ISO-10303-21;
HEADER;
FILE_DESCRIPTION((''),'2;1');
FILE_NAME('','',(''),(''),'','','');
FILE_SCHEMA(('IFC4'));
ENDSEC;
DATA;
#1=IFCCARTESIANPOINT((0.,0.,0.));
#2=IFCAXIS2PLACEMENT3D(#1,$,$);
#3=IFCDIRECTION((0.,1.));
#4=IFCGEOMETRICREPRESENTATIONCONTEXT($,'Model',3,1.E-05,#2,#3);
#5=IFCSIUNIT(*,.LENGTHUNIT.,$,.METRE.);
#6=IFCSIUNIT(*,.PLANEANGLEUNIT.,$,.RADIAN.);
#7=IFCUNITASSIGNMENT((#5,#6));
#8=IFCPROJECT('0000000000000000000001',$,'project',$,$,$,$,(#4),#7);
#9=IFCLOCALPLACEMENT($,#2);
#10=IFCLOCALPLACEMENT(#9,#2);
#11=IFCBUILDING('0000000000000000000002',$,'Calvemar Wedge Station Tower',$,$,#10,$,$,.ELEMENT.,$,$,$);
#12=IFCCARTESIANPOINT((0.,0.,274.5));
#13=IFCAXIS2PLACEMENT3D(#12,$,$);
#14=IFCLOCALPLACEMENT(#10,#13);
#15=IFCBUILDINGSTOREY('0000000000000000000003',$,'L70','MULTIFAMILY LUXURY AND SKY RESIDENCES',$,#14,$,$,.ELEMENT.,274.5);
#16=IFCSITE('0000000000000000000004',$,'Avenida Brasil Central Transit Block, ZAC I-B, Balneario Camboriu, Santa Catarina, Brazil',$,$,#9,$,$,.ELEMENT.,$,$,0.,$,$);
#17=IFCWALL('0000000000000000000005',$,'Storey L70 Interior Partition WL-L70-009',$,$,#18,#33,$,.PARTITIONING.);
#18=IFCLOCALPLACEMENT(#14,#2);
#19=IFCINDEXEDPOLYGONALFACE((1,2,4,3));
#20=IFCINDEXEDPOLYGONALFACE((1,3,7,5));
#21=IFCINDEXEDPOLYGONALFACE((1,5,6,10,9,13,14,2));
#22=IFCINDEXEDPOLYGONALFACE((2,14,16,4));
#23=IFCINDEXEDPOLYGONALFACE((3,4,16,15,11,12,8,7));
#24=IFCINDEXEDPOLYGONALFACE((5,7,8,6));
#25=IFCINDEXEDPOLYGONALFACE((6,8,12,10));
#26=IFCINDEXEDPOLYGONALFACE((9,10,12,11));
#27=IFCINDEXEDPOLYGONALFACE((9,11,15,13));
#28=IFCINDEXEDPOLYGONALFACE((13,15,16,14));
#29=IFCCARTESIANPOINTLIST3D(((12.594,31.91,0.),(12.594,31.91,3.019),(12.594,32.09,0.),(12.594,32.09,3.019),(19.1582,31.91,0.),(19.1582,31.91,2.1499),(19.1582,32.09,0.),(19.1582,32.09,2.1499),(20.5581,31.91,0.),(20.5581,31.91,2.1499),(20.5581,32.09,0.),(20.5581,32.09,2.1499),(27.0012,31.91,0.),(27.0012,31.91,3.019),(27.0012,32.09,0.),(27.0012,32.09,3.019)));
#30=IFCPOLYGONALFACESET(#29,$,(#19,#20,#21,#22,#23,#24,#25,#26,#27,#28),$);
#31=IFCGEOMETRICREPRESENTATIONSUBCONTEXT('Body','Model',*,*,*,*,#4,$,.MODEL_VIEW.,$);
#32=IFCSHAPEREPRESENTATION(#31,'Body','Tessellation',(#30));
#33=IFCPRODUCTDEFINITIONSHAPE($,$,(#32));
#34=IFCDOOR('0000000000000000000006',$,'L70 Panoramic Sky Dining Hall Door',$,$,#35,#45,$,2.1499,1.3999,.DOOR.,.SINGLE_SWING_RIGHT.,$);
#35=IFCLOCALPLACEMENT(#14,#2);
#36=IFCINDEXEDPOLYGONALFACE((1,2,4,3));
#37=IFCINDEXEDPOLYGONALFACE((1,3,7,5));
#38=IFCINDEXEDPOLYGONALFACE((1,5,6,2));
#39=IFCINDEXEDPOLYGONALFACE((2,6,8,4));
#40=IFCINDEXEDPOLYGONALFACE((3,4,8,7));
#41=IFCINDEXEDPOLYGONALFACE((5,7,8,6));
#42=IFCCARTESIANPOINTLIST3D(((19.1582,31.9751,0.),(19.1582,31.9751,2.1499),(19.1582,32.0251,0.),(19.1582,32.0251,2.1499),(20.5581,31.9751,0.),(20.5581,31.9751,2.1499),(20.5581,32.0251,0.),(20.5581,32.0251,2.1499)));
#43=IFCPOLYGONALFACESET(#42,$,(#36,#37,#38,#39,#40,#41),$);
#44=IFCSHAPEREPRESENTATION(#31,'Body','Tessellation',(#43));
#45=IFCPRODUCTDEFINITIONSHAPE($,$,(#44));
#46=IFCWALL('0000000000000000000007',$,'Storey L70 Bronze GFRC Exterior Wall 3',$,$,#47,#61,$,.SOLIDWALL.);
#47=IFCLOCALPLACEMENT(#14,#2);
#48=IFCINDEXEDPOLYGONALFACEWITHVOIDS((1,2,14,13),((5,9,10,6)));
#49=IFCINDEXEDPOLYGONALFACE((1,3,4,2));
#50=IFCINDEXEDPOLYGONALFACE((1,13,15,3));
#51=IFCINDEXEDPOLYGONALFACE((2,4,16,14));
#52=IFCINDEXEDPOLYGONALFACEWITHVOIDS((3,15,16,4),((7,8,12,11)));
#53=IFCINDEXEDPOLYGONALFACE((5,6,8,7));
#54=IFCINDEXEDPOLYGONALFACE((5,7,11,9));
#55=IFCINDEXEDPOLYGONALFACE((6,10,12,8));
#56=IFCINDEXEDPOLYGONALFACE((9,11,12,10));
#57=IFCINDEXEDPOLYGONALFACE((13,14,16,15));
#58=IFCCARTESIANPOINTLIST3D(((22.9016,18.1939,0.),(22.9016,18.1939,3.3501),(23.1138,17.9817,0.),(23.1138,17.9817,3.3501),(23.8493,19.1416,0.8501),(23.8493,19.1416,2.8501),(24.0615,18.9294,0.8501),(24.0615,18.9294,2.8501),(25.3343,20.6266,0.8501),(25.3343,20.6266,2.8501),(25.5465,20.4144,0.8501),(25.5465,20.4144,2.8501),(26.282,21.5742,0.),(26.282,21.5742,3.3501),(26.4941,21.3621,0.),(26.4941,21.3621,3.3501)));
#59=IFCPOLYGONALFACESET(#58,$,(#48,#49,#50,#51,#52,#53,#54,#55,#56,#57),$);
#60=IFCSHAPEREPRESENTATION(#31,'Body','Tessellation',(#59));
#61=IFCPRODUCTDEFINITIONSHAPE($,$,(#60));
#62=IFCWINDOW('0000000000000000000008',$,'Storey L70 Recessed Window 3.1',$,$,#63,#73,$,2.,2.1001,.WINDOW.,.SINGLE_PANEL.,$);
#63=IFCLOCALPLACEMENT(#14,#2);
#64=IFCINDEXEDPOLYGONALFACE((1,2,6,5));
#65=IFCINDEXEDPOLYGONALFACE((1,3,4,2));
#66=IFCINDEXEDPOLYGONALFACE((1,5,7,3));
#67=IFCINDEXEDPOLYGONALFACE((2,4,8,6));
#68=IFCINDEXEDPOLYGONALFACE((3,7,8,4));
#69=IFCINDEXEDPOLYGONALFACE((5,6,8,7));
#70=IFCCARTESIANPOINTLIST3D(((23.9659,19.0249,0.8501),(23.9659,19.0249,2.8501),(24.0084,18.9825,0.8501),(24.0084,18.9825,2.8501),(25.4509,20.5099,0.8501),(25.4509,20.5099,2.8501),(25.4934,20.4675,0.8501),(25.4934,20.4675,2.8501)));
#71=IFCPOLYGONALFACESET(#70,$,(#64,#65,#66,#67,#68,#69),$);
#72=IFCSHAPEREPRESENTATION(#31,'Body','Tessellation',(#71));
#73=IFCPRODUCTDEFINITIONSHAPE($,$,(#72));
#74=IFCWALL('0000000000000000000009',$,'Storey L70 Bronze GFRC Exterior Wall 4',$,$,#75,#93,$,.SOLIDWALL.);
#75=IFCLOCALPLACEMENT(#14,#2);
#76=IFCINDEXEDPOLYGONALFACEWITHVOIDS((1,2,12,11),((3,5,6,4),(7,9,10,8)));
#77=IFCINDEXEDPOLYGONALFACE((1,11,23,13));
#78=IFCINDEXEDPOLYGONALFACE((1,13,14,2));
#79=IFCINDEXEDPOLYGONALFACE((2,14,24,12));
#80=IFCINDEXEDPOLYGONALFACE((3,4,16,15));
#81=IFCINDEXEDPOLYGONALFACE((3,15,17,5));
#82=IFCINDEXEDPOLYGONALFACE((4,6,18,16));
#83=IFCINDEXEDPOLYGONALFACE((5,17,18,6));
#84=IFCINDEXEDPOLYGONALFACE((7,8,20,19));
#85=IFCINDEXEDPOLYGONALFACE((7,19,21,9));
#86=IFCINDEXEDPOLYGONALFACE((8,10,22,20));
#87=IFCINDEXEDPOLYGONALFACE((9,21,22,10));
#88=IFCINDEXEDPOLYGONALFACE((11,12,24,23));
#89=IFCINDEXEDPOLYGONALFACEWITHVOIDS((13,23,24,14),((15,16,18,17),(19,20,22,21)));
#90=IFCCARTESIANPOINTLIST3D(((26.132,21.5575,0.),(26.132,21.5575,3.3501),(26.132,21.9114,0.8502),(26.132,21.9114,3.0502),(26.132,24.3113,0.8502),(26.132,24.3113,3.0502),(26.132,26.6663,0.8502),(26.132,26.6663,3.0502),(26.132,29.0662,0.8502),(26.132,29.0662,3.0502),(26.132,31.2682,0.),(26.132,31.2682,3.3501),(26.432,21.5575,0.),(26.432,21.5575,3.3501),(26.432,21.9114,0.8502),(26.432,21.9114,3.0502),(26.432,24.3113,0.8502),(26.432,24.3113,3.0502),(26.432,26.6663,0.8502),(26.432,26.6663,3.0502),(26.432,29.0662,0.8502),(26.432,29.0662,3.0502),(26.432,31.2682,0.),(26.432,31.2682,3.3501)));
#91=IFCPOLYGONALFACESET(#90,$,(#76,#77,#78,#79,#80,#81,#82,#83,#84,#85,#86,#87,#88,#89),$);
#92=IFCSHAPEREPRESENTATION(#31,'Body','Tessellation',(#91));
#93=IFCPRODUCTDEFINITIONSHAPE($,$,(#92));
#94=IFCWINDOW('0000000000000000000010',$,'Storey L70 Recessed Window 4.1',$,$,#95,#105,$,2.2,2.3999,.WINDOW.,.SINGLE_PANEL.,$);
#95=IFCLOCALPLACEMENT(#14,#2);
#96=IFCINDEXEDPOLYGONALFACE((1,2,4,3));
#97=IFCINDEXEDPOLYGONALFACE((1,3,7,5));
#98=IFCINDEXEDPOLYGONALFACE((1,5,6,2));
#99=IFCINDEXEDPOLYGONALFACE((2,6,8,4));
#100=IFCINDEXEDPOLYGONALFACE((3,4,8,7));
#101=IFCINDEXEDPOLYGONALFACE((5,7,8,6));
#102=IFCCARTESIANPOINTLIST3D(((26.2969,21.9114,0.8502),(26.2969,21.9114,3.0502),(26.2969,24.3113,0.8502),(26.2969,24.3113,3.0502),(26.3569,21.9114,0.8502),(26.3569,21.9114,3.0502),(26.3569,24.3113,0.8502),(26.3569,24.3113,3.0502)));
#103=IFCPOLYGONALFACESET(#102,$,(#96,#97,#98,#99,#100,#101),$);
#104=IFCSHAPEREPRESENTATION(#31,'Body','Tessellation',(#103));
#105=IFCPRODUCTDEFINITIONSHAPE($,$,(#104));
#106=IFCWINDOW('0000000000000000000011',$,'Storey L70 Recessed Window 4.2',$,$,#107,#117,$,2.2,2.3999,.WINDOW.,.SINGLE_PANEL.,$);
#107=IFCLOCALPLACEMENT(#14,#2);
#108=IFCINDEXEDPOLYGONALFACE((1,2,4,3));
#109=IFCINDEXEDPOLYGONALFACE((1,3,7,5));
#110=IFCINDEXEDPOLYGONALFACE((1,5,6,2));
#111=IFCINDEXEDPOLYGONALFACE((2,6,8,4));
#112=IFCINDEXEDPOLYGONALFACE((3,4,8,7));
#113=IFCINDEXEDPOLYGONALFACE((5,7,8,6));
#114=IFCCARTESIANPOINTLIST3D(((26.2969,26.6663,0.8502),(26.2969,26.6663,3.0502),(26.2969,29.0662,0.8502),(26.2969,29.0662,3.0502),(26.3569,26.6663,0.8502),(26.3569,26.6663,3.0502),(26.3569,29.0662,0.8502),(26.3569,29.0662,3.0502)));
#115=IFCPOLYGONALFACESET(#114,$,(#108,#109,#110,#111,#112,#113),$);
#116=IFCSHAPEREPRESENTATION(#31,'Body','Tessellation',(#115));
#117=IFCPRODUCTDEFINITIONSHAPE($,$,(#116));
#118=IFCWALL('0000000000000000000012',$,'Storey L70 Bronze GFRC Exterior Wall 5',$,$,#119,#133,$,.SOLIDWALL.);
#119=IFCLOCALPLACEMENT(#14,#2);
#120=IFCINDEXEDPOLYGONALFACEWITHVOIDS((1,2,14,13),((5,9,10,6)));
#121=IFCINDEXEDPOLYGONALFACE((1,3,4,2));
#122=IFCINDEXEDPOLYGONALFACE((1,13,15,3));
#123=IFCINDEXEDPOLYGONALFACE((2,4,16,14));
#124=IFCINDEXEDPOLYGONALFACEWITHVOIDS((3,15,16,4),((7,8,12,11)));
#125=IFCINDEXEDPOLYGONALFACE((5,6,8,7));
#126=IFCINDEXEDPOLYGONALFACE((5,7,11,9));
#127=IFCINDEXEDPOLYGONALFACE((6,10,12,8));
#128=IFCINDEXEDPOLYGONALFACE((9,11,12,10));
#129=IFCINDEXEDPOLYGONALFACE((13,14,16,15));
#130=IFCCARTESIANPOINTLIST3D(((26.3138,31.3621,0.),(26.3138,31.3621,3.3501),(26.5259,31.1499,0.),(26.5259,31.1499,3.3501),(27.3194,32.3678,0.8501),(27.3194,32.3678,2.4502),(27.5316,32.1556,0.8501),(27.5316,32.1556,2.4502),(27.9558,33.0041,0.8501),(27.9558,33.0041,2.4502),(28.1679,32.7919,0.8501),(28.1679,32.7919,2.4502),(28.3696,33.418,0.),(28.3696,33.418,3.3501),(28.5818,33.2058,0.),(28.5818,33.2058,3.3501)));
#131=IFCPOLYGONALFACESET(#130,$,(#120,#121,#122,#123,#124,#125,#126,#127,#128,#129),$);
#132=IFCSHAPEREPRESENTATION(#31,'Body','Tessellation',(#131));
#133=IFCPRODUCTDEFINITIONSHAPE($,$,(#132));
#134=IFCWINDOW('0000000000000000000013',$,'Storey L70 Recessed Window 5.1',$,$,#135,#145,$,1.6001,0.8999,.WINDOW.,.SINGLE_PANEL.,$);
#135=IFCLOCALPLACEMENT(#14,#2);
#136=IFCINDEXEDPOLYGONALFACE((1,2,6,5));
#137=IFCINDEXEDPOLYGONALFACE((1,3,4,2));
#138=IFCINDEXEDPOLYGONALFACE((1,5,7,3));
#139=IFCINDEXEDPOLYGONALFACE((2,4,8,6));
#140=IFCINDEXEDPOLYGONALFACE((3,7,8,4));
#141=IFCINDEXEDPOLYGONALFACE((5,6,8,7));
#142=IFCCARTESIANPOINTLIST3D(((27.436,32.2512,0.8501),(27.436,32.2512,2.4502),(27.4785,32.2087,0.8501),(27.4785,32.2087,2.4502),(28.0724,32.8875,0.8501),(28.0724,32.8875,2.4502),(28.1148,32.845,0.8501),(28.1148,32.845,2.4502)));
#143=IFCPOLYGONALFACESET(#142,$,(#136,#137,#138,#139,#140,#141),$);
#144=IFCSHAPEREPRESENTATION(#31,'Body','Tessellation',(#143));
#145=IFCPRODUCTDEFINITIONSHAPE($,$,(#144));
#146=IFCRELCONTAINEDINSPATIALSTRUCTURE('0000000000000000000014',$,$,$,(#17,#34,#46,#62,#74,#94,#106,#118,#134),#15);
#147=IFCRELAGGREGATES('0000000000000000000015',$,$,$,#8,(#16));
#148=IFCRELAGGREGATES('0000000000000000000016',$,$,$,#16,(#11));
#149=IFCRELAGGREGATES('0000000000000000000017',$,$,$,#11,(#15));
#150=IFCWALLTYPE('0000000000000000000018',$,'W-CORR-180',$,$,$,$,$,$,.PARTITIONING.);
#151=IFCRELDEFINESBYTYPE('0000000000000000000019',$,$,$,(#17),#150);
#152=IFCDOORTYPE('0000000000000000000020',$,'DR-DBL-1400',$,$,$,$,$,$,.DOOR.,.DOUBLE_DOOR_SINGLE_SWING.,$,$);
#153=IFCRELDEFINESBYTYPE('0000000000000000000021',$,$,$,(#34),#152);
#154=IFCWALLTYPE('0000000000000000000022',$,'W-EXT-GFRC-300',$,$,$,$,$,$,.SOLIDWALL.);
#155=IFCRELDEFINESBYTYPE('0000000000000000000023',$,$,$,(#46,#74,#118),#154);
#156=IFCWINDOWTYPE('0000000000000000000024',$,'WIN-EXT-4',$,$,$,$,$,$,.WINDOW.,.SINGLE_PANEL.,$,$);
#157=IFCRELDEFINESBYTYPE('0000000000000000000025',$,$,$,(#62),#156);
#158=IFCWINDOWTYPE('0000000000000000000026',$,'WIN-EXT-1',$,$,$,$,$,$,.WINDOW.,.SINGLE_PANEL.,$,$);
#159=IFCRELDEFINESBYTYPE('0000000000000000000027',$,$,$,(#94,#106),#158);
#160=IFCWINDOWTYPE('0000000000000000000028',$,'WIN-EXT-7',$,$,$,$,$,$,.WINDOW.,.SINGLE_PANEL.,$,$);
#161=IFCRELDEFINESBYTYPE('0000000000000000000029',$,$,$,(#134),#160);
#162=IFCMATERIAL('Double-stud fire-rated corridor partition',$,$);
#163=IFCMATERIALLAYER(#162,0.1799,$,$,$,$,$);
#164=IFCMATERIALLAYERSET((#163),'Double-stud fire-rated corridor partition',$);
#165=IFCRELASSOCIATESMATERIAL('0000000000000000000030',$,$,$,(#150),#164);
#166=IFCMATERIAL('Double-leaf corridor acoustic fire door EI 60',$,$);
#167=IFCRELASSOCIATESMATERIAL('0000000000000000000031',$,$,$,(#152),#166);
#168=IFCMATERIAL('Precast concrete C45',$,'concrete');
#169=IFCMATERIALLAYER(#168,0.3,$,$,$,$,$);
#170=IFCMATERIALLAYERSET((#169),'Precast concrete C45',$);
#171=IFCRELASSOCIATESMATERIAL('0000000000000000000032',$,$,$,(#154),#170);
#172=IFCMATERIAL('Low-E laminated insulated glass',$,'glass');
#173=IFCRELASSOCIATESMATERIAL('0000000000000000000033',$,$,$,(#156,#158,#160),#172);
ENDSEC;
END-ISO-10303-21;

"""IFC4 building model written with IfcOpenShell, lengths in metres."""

from ifc_helpers import new_model, si_unit, direction, frame, frame_2d, origin, place, context, subcontext, project, spatial, rectangle, extrude, source, transform, mapped, material, layer, layer_set, type_object, element, fill, save


model = new_model("IFC4")

# Units and contexts
model_context = context("Model", 3, precision=1e-05, world=origin(), true_north=direction((0.0, 1.0)))
body_context = subcontext(model_context, "Body", "Model", "MODEL_VIEW")
ifc_project = project(units=[si_unit("LENGTHUNIT", "METRE"), si_unit("PLANEANGLEUNIT", "RADIAN")], contexts=[model_context])

# Site, building, storey
site_placement = place(None, origin())
site = spatial("IfcSite", under=ifc_project, at=site_placement, Name="Avenida Brasil Central Transit Block, ZAC I-B, Balneario Camboriu, Santa Catarina, Brazil", CompositionType="ELEMENT", RefElevation=0.0)
building_placement = place(site_placement, origin())
building = spatial("IfcBuilding", under=site, at=building_placement, Name="Calvemar Wedge Station Tower", CompositionType="ELEMENT")
storey_placement = place(building_placement, frame((0.0, 0.0, 274.5)))
storey = spatial("IfcBuildingStorey", under=building, at=storey_placement, Name="L70", Description="MULTIFAMILY LUXURY AND SKY RESIDENCES", CompositionType="ELEMENT", Elevation=274.5)

# Wall, opening, door
ifc_material_1 = material(Name="Double-stud fire-rated corridor partition")
ifc_layer_1 = layer(ifc_material_1, 0.1799)
ifc_layer_set_1 = layer_set([ifc_layer_1], Name="Double-stud fire-rated corridor partition")
wall_type_1 = type_object("IfcWallType", Name="W-CORR-180", PredefinedType="PARTITIONING", material=ifc_layer_set_1)
wall_1_placement = place(storey_placement, frame((27.0012, 32.0, 0.0), z_axis=(0.0, 0.0, 1.0), x_axis=(-1.0, 0.0, 0.0)))
wall_1 = element("IfcWall", 1, at=wall_1_placement, inside=storey, type_object=wall_type_1, Name="Storey L70 Interior Partition WL-L70-009", PredefinedType="PARTITIONING", context=body_context, shape_type="SweptSolid", body=[
    extrude(rectangle(XDim=14.4072, YDim=0.1799, at=frame_2d((7.2036, 0.0))), origin(), (0.0, 0.0, 1.0), 3.019),
])
shared_shape_1 = source(origin(), body_context, "Body", "SweptSolid", [
    extrude(rectangle(XDim=1.3999, YDim=2.1499, at=frame_2d((0.7, 1.075))), frame((0.0, 0.1001, 0.0), z_axis=(0.0, -1.0, 0.0), x_axis=(1.0, 0.0, 0.0)), (0.0, 0.0, 1.0), 0.2),
])
opening_1_placement = place(wall_1_placement, frame((6.4431, 0.0, 0.0)))
opening_1 = element("IfcOpeningElement", 2, at=opening_1_placement, cuts=wall_1, PredefinedType="OPENING", context=body_context, shape_type="MappedRepresentation", body=[
    mapped(shared_shape_1, transform((0.0, 0.0, 0.0), scale=1.0)),
])
ifc_material_2 = material(Name="Double-leaf corridor acoustic fire door EI 60")
door_type_1 = type_object("IfcDoorType", Name="DR-DBL-1400", OperationType="DOUBLE_DOOR_SINGLE_SWING", PredefinedType="DOOR", material=ifc_material_2)
shared_shape_2 = source(origin(), body_context, "Body", "SweptSolid", [
    extrude(rectangle(XDim=1.3999, YDim=2.1499, at=frame_2d((0.7, 1.075))), frame((0.0, 0.0249, 0.0), z_axis=(0.0, -1.0, 0.0), x_axis=(1.0, 0.0, 0.0)), (0.0, 0.0, 1.0), 0.05),
])
door_1_placement = place(opening_1_placement, origin())
door_1 = element("IfcDoor", 3, at=door_1_placement, inside=storey, type_object=door_type_1, Name="L70 Panoramic Sky Dining Hall Door", OperationType="SINGLE_SWING_RIGHT", OverallHeight=2.1499, OverallWidth=1.3999, PredefinedType="DOOR", context=body_context, shape_type="MappedRepresentation", body=[
    mapped(shared_shape_2, transform((0.0, 0.0, 0.0), scale=1.0)),
])
fill(opening_1, door_1)

# Wall, opening, window
ifc_material_3 = material(Name="Precast concrete C45", Category="concrete")
ifc_layer_2 = layer(ifc_material_3, 0.3)
ifc_layer_set_2 = layer_set([ifc_layer_2], Name="Precast concrete C45")
wall_type_2 = type_object("IfcWallType", Name="W-EXT-GFRC-300", PredefinedType="SOLIDWALL", material=ifc_layer_set_2)
wall_2_placement = place(storey_placement, frame((23.0078, 18.0879, 0.0), z_axis=(0.0, 0.0, 1.0), x_axis=(0.707107, 0.707107, 0.0)))
wall_2 = element("IfcWall", 4, at=wall_2_placement, inside=storey, type_object=wall_type_2, Name="Storey L70 Bronze GFRC Exterior Wall 3", PredefinedType="SOLIDWALL", context=body_context, shape_type="SweptSolid", body=[
    extrude(rectangle(XDim=4.7805, YDim=0.3, at=frame_2d((2.3901, 0.0))), origin(), (0.0, 0.0, 1.0), 3.3501),
])
shared_shape_3 = source(origin(), body_context, "Body", "SweptSolid", [
    extrude(rectangle(XDim=2.1001, YDim=2.0, at=frame_2d((1.05, 1.0))), frame((0.0, 0.1602, 0.0), z_axis=(0.0, -1.0, 0.0), x_axis=(1.0, 0.0, 0.0)), (0.0, 0.0, 1.0), 0.3201),
])
opening_2_placement = place(wall_2_placement, frame((1.3401, 0.0, 0.8501)))
opening_2 = element("IfcOpeningElement", 5, at=opening_2_placement, cuts=wall_2, PredefinedType="OPENING", context=body_context, shape_type="MappedRepresentation", body=[
    mapped(shared_shape_3, transform((0.0, 0.0, 0.0), scale=1.0)),
])
ifc_material_4 = material(Name="Low-E laminated insulated glass", Category="glass")
window_type_1 = type_object("IfcWindowType", Name="WIN-EXT-4", PartitioningType="SINGLE_PANEL", PredefinedType="WINDOW", material=ifc_material_4)
shared_shape_4 = source(origin(), body_context, "Body", "SweptSolid", [
    extrude(rectangle(XDim=2.1001, YDim=2.0, at=frame_2d((1.05, 1.0))), frame((0.0, -0.0149, 0.0), z_axis=(0.0, -1.0, 0.0), x_axis=(1.0, 0.0, 0.0)), (0.0, 0.0, 1.0), 0.0601),
])
window_1_placement = place(opening_2_placement, origin())
window_1 = element("IfcWindow", 6, at=window_1_placement, inside=storey, type_object=window_type_1, Name="Storey L70 Recessed Window 3.1", OverallHeight=2.0, OverallWidth=2.1001, PartitioningType="SINGLE_PANEL", PredefinedType="WINDOW", context=body_context, shape_type="MappedRepresentation", body=[
    mapped(shared_shape_4, transform((0.0, 0.0, 0.0), scale=1.0)),
])
fill(opening_2, window_1)

# Wall, openings, windows
wall_3_placement = place(storey_placement, frame((26.282, 21.5574, 0.0), z_axis=(0.0, 0.0, 1.0), x_axis=(0.0, 1.0, 0.0)))
wall_3 = element("IfcWall", 7, at=wall_3_placement, inside=storey, type_object=wall_type_2, Name="Storey L70 Bronze GFRC Exterior Wall 4", PredefinedType="SOLIDWALL", context=body_context, shape_type="SweptSolid", body=[
    extrude(rectangle(XDim=9.7107, YDim=0.3, at=frame_2d((4.8555, 0.0))), origin(), (0.0, 0.0, 1.0), 3.3501),
])
shared_shape_5 = source(origin(), body_context, "Body", "SweptSolid", [
    extrude(rectangle(XDim=2.3999, YDim=2.2, at=frame_2d((1.2, 1.1001))), frame((0.0, 0.1602, 0.0), z_axis=(0.0, -1.0, 0.0), x_axis=(1.0, 0.0, 0.0)), (0.0, 0.0, 1.0), 0.3201),
])
opening_3_placement = place(wall_3_placement, frame((0.354, 0.0, 0.8501)))
opening_3 = element("IfcOpeningElement", 8, at=opening_3_placement, cuts=wall_3, PredefinedType="OPENING", context=body_context, shape_type="MappedRepresentation", body=[
    mapped(shared_shape_5, transform((0.0, 0.0, 0.0), scale=1.0)),
])
opening_4_placement = place(wall_3_placement, frame((5.1089, 0.0, 0.8501)))
opening_4 = element("IfcOpeningElement", 9, at=opening_4_placement, cuts=wall_3, PredefinedType="OPENING", context=body_context, shape_type="MappedRepresentation", body=[
    mapped(shared_shape_5, transform((0.0, 0.0, 0.0), scale=1.0)),
])
window_type_2 = type_object("IfcWindowType", Name="WIN-EXT-1", PartitioningType="SINGLE_PANEL", PredefinedType="WINDOW", material=ifc_material_4)
shared_shape_6 = source(origin(), body_context, "Body", "SweptSolid", [
    extrude(rectangle(XDim=2.3999, YDim=2.2, at=frame_2d((1.2, 1.1001))), frame((0.0, -0.0149, 0.0), z_axis=(0.0, -1.0, 0.0), x_axis=(1.0, 0.0, 0.0)), (0.0, 0.0, 1.0), 0.0601),
])
window_2_placement = place(opening_3_placement, origin())
window_2 = element("IfcWindow", 10, at=window_2_placement, inside=storey, type_object=window_type_2, Name="Storey L70 Recessed Window 4.1", OverallHeight=2.2, OverallWidth=2.3999, PartitioningType="SINGLE_PANEL", PredefinedType="WINDOW", context=body_context, shape_type="MappedRepresentation", body=[
    mapped(shared_shape_6, transform((0.0, 0.0, 0.0), scale=1.0)),
])
fill(opening_3, window_2)
window_3_placement = place(opening_4_placement, origin())
window_3 = element("IfcWindow", 11, at=window_3_placement, inside=storey, type_object=window_type_2, Name="Storey L70 Recessed Window 4.2", OverallHeight=2.2, OverallWidth=2.3999, PartitioningType="SINGLE_PANEL", PredefinedType="WINDOW", context=body_context, shape_type="MappedRepresentation", body=[
    mapped(shared_shape_6, transform((0.0, 0.0, 0.0), scale=1.0)),
])
fill(opening_4, window_3)

# Wall, opening, window
wall_4_placement = place(storey_placement, frame((26.4199, 31.2561, 0.0), z_axis=(0.0, 0.0, 1.0), x_axis=(0.707107, 0.707107, 0.0)))
wall_4 = element("IfcWall", 12, at=wall_4_placement, inside=storey, type_object=wall_type_2, Name="Storey L70 Bronze GFRC Exterior Wall 5", PredefinedType="SOLIDWALL", context=body_context, shape_type="SweptSolid", body=[
    extrude(rectangle(XDim=2.9075, YDim=0.3, at=frame_2d((1.4536, 0.0))), origin(), (0.0, 0.0, 1.0), 3.3501),
])
shared_shape_7 = source(origin(), body_context, "Body", "SweptSolid", [
    extrude(rectangle(XDim=0.8999, YDim=1.6001, at=frame_2d((0.45, 0.8))), frame((0.0, 0.1602, 0.0), z_axis=(0.0, -1.0, 0.0), x_axis=(1.0, 0.0, 0.0)), (0.0, 0.0, 1.0), 0.3201),
])
opening_5_placement = place(wall_4_placement, frame((1.4221, 0.0, 0.8501)))
opening_5 = element("IfcOpeningElement", 13, at=opening_5_placement, cuts=wall_4, PredefinedType="OPENING", context=body_context, shape_type="MappedRepresentation", body=[
    mapped(shared_shape_7, transform((0.0, 0.0, 0.0), scale=1.0)),
])
window_type_3 = type_object("IfcWindowType", Name="WIN-EXT-7", PartitioningType="SINGLE_PANEL", PredefinedType="WINDOW", material=ifc_material_4)
shared_shape_8 = source(origin(), body_context, "Body", "SweptSolid", [
    extrude(rectangle(XDim=0.8999, YDim=1.6001, at=frame_2d((0.45, 0.8))), frame((0.0, -0.0149, 0.0), z_axis=(0.0, -1.0, 0.0), x_axis=(1.0, 0.0, 0.0)), (0.0, 0.0, 1.0), 0.0601),
])
window_4_placement = place(opening_5_placement, origin())
window_4 = element("IfcWindow", 14, at=window_4_placement, inside=storey, type_object=window_type_3, Name="Storey L70 Recessed Window 5.1", OverallHeight=1.6001, OverallWidth=0.8999, PartitioningType="SINGLE_PANEL", PredefinedType="WINDOW", context=body_context, shape_type="MappedRepresentation", body=[
    mapped(shared_shape_8, transform((0.0, 0.0, 0.0), scale=1.0)),
])
fill(opening_5, window_4)

save(model, "model.ifc")
